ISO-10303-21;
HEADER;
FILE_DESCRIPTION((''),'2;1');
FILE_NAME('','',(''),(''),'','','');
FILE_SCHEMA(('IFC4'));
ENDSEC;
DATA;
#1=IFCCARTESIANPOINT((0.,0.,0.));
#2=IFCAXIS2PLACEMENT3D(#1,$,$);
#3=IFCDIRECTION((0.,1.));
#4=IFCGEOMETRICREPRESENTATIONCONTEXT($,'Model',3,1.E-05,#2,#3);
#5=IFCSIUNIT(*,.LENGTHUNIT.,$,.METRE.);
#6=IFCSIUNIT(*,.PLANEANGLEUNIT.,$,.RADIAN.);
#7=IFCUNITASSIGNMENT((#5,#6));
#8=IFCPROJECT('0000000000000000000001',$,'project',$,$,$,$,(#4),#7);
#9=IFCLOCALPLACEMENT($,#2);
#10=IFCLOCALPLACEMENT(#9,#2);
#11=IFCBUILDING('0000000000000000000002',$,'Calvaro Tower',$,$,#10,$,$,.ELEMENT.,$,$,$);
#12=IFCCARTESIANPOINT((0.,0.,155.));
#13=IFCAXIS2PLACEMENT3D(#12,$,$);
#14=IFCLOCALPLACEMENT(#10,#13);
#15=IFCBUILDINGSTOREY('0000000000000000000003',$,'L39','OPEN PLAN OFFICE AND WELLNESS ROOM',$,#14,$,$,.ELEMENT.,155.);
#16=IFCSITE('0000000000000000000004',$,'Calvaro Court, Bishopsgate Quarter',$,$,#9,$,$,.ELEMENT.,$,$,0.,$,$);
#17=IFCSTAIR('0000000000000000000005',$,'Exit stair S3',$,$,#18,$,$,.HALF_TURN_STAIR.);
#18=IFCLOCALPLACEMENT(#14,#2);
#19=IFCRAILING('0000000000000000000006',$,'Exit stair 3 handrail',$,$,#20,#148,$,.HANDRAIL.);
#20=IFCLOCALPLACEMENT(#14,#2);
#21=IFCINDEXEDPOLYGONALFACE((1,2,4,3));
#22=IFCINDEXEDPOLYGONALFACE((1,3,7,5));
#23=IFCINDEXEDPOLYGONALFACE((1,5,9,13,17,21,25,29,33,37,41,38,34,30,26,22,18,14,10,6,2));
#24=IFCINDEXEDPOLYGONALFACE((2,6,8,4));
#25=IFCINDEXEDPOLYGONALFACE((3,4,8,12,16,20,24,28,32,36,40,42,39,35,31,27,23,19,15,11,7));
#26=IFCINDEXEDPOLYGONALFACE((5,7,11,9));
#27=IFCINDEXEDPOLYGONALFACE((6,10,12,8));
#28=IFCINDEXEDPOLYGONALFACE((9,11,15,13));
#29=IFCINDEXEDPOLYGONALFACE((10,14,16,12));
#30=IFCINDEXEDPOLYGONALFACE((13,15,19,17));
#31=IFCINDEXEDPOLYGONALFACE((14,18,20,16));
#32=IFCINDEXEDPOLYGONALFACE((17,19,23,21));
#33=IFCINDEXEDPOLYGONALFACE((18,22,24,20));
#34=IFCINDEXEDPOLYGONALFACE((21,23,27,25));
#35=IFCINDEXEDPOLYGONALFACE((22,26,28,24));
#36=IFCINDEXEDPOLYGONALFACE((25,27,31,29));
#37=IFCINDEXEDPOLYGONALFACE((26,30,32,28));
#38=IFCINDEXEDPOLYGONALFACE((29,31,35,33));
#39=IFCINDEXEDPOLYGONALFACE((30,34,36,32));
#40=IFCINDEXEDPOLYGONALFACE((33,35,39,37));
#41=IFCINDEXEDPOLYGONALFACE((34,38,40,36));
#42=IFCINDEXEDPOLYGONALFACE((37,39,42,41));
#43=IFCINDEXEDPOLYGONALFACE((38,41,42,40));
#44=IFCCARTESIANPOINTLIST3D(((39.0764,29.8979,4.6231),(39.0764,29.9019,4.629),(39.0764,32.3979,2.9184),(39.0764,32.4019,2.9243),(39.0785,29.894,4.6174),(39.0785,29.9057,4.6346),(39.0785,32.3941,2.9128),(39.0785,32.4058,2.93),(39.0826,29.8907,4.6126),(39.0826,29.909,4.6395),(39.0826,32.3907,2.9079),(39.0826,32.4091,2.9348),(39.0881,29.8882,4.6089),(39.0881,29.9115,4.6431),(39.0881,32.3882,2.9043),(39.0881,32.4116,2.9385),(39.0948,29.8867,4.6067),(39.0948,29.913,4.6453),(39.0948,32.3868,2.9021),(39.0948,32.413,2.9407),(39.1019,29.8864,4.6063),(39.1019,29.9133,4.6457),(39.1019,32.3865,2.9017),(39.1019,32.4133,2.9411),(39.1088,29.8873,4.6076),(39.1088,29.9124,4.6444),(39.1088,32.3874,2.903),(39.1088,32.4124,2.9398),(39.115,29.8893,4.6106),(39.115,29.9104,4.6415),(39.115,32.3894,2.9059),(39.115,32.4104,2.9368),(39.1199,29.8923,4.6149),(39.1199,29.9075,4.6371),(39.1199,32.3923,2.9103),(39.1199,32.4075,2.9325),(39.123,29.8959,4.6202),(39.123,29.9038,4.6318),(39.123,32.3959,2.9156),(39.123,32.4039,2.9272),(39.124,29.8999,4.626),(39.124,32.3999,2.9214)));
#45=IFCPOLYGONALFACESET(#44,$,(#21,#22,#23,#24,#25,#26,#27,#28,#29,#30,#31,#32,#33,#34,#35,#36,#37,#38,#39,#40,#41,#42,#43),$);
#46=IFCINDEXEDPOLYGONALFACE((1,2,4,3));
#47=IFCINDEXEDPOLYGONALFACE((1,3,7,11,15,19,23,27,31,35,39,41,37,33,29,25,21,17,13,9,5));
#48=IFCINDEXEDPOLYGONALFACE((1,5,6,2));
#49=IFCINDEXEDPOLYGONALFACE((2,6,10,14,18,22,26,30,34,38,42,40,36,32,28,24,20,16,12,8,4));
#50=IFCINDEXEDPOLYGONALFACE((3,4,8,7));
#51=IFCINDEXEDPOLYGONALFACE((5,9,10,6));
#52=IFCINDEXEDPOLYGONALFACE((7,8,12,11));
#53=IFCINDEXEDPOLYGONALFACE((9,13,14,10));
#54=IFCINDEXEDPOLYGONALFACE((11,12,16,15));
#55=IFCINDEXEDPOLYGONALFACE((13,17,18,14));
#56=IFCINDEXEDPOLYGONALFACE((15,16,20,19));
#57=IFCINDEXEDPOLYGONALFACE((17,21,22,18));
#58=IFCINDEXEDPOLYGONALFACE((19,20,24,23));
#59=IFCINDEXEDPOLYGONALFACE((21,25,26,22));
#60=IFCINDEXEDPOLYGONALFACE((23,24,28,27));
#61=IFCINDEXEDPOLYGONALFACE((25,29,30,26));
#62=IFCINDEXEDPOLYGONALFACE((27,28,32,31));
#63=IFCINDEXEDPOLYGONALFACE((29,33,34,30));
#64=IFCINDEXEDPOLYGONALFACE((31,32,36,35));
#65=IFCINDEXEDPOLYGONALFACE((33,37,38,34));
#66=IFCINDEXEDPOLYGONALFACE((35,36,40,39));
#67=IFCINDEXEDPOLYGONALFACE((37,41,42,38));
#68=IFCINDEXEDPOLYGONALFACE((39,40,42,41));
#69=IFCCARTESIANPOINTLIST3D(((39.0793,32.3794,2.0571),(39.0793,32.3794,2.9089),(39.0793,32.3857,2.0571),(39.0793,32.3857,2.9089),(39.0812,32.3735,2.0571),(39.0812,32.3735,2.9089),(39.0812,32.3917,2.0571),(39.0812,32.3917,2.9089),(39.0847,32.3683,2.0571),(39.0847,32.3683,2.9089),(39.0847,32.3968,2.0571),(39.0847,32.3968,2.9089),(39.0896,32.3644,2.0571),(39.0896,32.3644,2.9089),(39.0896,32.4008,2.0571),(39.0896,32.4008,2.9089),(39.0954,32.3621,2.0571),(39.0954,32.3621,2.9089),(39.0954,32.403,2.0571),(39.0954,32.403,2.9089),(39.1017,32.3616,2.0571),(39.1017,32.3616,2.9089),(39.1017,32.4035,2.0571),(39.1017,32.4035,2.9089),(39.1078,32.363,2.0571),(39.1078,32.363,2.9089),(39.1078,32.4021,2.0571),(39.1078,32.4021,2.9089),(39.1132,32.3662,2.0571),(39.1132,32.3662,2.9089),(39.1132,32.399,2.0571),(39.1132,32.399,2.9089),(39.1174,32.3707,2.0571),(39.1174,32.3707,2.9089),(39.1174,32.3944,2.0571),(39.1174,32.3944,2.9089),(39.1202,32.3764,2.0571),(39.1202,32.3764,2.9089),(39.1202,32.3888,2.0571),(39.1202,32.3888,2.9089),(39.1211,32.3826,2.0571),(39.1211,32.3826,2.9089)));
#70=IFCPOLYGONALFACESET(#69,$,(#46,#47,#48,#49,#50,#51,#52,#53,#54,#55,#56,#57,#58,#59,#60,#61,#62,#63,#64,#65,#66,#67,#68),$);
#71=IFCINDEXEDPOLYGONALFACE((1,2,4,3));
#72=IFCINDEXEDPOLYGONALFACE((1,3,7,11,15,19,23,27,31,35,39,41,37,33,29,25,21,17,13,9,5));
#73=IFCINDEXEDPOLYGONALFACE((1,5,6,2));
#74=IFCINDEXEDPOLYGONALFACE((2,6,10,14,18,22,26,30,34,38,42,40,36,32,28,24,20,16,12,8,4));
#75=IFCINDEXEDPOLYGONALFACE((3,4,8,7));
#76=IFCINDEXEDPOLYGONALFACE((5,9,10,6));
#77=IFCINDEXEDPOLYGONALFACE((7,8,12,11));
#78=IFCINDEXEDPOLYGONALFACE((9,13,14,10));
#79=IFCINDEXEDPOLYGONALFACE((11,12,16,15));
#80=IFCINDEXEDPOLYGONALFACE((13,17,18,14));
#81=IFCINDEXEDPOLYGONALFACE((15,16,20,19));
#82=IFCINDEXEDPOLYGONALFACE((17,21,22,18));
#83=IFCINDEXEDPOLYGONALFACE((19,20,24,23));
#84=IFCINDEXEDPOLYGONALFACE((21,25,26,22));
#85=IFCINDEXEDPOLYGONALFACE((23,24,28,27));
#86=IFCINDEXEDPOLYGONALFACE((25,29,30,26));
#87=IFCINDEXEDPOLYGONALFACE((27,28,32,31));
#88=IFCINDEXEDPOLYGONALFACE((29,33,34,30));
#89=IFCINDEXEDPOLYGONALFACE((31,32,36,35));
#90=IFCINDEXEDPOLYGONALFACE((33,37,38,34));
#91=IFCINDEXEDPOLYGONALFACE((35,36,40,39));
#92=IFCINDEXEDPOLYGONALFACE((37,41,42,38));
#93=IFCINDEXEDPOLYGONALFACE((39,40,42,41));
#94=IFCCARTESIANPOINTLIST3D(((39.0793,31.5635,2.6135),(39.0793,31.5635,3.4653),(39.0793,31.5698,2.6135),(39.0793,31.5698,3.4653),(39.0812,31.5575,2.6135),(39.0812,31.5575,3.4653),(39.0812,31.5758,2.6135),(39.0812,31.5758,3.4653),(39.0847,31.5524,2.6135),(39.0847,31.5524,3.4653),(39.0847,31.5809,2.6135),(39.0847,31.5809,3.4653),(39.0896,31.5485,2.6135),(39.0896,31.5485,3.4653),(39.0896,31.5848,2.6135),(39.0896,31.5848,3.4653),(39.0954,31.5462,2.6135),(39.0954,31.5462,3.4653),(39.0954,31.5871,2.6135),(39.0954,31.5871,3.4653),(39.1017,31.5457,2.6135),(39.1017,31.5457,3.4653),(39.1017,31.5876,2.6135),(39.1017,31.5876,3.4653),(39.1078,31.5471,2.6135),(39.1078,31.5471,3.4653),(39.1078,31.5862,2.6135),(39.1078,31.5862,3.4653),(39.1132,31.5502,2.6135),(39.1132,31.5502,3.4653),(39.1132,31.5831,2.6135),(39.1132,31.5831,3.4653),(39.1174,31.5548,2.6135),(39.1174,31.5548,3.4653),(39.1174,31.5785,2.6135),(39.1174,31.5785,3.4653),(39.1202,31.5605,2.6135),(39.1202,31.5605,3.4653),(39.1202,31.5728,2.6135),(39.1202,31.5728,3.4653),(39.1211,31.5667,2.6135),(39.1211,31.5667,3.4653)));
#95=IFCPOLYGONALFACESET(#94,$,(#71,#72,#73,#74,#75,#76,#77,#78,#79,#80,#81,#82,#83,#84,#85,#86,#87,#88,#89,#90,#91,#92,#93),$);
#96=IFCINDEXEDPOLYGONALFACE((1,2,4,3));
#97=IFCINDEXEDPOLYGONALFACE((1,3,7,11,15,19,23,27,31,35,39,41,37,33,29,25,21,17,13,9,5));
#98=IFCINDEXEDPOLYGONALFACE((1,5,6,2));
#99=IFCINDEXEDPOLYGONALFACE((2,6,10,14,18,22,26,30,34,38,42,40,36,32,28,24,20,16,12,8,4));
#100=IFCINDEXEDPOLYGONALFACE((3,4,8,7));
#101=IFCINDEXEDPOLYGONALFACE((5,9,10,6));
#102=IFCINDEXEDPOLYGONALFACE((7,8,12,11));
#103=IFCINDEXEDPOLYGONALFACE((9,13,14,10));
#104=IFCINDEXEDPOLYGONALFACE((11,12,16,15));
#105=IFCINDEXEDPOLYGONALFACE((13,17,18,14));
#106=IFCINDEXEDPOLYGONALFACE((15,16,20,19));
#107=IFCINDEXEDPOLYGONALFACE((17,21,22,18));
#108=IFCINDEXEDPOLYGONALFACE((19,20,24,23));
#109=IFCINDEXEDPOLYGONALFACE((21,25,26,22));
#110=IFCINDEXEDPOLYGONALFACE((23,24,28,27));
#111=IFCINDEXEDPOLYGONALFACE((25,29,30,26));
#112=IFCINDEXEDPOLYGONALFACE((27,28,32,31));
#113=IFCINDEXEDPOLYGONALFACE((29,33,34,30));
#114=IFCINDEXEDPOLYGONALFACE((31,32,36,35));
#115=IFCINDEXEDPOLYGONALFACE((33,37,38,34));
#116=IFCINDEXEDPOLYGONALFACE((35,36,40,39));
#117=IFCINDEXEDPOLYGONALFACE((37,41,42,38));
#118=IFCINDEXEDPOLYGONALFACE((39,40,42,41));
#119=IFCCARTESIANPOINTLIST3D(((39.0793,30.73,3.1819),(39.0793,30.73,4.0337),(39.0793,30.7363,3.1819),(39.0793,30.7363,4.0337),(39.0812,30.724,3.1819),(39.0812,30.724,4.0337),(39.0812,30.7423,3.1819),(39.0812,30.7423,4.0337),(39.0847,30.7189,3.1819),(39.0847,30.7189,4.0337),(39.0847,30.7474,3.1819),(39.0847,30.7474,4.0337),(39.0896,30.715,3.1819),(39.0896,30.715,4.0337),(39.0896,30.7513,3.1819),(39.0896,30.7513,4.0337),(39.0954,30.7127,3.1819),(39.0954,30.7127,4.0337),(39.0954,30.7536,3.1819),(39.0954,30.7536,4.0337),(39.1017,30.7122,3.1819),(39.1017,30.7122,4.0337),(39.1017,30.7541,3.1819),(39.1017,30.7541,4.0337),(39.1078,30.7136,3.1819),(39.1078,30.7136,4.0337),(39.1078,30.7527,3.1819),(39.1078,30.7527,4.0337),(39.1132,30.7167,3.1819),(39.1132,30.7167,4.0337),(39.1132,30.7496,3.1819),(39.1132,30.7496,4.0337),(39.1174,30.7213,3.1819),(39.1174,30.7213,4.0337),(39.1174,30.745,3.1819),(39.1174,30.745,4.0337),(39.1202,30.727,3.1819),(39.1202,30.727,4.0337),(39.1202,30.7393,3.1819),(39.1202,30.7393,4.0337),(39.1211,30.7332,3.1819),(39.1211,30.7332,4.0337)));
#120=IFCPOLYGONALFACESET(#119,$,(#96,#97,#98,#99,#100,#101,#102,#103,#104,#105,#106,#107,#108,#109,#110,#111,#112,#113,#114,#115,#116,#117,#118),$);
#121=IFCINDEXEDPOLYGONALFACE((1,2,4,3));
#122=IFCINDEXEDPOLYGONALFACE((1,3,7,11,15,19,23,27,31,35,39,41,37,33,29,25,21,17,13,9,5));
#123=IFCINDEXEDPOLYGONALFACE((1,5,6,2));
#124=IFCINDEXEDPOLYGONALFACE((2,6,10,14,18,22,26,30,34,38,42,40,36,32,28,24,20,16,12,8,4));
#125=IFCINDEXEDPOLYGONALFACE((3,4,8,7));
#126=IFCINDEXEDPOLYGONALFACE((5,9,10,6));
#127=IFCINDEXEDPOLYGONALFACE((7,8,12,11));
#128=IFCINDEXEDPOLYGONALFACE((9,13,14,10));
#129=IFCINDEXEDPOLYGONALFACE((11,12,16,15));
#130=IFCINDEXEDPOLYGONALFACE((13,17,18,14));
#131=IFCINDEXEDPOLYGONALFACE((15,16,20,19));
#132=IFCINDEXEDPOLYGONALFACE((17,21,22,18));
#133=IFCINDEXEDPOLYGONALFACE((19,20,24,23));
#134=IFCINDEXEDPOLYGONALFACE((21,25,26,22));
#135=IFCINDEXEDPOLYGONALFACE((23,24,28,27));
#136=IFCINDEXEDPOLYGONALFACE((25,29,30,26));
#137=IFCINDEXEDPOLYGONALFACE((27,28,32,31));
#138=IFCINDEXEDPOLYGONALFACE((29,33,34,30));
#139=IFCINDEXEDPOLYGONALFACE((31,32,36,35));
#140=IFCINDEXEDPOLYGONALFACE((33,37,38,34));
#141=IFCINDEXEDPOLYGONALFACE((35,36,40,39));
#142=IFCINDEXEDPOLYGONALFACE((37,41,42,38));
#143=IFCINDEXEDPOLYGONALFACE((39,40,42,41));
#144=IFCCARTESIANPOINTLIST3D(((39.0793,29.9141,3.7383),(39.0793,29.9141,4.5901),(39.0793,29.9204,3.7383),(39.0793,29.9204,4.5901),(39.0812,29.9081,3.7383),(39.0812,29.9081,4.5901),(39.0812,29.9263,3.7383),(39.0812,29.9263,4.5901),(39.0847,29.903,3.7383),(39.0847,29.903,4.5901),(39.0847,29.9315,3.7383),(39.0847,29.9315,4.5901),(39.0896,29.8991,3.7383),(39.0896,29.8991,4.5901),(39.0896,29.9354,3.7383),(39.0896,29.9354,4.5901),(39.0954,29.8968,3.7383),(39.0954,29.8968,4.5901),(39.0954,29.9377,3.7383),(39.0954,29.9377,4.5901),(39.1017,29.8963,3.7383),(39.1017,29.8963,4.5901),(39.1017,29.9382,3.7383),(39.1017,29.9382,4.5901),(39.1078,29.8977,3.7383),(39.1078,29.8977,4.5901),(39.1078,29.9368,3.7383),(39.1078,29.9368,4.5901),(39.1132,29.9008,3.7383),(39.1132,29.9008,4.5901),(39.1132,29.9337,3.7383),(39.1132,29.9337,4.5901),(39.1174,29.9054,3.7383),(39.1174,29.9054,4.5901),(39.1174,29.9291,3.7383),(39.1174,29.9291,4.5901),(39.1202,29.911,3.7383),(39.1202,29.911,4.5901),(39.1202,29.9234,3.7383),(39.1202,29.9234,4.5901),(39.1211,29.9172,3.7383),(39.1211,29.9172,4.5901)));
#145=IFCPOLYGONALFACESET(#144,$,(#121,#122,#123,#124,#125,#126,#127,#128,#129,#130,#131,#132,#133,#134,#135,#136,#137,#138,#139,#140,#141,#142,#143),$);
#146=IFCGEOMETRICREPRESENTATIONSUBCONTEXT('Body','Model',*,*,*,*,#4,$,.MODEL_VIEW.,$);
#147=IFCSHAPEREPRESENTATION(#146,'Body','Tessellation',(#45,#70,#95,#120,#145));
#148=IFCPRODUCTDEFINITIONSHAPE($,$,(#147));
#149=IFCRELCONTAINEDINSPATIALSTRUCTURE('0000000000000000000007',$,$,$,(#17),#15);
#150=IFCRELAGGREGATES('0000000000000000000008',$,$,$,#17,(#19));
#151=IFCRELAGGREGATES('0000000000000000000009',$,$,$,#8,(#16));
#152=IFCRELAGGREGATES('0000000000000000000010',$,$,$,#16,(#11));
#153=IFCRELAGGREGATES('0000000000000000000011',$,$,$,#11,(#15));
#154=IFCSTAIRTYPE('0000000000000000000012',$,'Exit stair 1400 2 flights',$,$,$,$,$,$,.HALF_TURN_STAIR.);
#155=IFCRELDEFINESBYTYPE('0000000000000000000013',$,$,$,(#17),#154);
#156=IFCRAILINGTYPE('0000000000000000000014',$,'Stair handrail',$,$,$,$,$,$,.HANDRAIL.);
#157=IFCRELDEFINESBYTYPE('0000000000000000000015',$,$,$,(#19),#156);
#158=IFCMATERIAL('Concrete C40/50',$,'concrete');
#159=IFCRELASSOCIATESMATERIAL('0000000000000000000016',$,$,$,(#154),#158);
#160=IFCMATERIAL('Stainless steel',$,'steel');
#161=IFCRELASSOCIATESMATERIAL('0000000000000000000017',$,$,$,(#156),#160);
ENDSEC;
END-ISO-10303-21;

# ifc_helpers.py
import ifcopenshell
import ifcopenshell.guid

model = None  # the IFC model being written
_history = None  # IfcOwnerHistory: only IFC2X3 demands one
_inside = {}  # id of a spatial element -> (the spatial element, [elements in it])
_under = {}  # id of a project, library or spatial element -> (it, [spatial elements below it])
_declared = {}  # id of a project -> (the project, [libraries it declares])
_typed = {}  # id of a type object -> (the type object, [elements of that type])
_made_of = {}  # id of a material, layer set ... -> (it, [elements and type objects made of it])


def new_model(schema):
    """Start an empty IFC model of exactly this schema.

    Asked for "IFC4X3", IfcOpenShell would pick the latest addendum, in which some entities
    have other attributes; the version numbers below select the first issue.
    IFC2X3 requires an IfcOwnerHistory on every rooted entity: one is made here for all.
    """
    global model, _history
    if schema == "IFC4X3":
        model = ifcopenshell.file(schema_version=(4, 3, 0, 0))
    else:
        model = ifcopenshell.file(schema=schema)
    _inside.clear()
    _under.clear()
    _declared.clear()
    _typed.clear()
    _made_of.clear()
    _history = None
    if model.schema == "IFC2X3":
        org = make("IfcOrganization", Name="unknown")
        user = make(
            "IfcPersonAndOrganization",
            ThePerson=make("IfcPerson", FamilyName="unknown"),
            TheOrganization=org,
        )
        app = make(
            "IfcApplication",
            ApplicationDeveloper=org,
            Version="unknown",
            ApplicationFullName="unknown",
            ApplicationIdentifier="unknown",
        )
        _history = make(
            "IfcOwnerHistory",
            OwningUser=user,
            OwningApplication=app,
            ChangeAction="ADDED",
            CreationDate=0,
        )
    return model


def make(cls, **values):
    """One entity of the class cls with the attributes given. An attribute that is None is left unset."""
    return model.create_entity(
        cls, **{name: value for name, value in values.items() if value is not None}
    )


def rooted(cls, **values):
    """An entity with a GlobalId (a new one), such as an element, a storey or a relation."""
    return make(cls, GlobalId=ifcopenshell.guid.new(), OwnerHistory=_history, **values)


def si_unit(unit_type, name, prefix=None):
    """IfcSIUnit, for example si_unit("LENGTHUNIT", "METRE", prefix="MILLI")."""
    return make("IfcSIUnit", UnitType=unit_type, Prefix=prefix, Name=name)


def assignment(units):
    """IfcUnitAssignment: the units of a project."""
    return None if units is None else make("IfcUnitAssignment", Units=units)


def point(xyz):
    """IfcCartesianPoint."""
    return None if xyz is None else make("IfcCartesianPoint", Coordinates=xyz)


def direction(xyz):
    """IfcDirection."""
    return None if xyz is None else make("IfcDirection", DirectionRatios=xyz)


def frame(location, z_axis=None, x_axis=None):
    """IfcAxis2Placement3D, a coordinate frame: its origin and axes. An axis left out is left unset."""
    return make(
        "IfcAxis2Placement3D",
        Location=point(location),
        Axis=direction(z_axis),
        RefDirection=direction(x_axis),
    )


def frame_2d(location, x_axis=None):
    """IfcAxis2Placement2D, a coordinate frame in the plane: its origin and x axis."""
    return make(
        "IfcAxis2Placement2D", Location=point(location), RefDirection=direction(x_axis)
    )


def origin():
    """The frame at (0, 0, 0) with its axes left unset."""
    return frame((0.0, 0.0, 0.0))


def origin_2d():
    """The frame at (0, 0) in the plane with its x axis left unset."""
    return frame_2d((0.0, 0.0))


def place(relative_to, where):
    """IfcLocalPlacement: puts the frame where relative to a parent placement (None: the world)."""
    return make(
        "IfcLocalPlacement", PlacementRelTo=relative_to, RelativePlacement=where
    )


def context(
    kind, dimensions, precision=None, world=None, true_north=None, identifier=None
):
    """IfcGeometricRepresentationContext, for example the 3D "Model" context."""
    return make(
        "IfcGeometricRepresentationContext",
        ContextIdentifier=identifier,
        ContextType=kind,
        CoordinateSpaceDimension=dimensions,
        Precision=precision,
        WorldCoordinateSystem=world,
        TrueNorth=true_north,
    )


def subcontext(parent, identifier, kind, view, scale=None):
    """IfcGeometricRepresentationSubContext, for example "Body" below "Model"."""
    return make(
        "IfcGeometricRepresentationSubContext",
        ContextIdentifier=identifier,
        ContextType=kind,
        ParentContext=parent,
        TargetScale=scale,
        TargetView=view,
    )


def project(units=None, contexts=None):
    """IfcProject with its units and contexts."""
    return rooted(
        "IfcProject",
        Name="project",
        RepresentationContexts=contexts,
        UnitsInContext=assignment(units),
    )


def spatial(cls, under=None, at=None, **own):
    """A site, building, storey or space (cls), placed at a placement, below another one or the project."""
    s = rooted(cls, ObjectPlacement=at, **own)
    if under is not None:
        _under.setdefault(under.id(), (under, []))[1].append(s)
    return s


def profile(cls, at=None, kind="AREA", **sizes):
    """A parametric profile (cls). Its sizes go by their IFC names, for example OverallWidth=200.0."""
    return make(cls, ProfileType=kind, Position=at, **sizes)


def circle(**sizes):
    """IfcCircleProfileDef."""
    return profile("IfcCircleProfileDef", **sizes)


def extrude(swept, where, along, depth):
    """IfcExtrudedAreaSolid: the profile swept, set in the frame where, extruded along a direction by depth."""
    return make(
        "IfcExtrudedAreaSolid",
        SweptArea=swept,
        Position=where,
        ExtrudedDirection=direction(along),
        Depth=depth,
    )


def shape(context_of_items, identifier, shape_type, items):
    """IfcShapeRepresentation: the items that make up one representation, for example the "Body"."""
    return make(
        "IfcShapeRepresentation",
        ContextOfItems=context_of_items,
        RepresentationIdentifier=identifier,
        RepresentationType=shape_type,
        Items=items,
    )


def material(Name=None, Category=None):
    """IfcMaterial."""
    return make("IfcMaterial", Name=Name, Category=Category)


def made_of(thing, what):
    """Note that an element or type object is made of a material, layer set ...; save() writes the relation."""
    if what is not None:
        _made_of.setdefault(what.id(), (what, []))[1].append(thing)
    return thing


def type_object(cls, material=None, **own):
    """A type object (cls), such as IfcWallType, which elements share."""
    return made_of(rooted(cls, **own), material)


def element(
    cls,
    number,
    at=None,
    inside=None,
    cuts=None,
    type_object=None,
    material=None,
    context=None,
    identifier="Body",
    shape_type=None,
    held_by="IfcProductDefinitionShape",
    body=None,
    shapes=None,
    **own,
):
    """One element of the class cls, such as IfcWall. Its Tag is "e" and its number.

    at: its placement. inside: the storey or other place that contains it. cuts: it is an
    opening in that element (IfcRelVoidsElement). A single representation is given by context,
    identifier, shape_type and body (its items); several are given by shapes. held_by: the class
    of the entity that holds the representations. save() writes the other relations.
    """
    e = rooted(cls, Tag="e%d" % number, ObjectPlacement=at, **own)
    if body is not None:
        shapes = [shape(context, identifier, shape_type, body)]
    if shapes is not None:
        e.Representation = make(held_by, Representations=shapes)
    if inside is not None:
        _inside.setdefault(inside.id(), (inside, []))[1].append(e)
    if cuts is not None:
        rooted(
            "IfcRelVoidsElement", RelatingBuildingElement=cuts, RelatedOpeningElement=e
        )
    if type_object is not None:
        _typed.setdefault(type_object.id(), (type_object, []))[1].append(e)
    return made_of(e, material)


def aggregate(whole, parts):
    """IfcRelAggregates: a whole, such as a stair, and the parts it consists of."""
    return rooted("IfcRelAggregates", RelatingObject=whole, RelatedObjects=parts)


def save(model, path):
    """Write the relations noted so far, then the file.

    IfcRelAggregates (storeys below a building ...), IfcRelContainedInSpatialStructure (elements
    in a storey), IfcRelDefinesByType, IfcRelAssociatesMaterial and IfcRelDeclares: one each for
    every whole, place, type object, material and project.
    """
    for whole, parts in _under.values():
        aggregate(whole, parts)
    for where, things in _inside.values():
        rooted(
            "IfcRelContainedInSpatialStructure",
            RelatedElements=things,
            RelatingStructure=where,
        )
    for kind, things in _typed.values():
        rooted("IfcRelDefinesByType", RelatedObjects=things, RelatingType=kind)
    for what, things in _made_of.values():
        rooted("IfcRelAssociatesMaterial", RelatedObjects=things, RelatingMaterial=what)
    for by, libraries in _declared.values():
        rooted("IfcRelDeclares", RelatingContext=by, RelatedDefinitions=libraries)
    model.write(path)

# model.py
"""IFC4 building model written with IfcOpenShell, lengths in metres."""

from ifc_helpers import new_model, si_unit, direction, frame, origin, origin_2d, place, context, subcontext, project, spatial, circle, extrude, material, type_object, element, aggregate, save


model = new_model("IFC4")

# Units and contexts
model_context = context("Model", 3, precision=1e-05, world=origin(), true_north=direction((0.0, 1.0)))
body_context = subcontext(model_context, "Body", "Model", "MODEL_VIEW")
ifc_project = project(units=[si_unit("LENGTHUNIT", "METRE"), si_unit("PLANEANGLEUNIT", "RADIAN")], contexts=[model_context])

# Site, building, storey
site_placement = place(None, origin())
site = spatial("IfcSite", under=ifc_project, at=site_placement, Name="Calvaro Court, Bishopsgate Quarter", CompositionType="ELEMENT", RefElevation=0.0)
building_placement = place(site_placement, origin())
building = spatial("IfcBuilding", under=site, at=building_placement, Name="Calvaro Tower", CompositionType="ELEMENT")
storey_placement = place(building_placement, frame((0.0, 0.0, 155.0)))
storey = spatial("IfcBuildingStorey", under=building, at=storey_placement, Name="L39", Description="OPEN PLAN OFFICE AND WELLNESS ROOM", CompositionType="ELEMENT", Elevation=155.0)

# Stair
ifc_material_1 = material(Name="Concrete C40/50", Category="concrete")
stair_type = type_object("IfcStairType", Name="Exit stair 1400 2 flights", PredefinedType="HALF_TURN_STAIR", material=ifc_material_1)
stair_1_placement = place(storey_placement, origin())
stair_1 = element("IfcStair", 1, at=stair_1_placement, inside=storey, type_object=stair_type, Name="Exit stair S3", PredefinedType="HALF_TURN_STAIR")

# Railing
ifc_material_2 = material(Name="Stainless steel", Category="steel")
railing_type = type_object("IfcRailingType", Name="Stair handrail", PredefinedType="HANDRAIL", material=ifc_material_2)
railing_1_placement = place(storey_placement, frame((39.1001, 32.3999, 2.0454)))
railing_1 = element("IfcRailing", 2, at=railing_1_placement, type_object=railing_type, Name="Exit stair 3 handrail", PredefinedType="HANDRAIL", context=body_context, shape_type="SweptSolid", body=[
    extrude(circle(Radius=0.0239, at=origin_2d()), frame((0.0, 0.0, 0.876), z_axis=(0.0, -0.826221, 0.563347), x_axis=(1.0, 0.0, 0.0)), (0.0, 0.0, 1.0), 3.0259),
    extrude(circle(Radius=0.021, at=origin_2d()), frame((0.0, -0.0173, 0.0117)), (0.0, 0.0, 1.0), 0.8518),
    extrude(circle(Radius=0.021, at=origin_2d()), frame((0.0, -0.8333, 0.5681)), (0.0, 0.0, 1.0), 0.8518),
    extrude(circle(Radius=0.021, at=origin_2d()), frame((0.0, -1.6667, 1.1365)), (0.0, 0.0, 1.0), 0.8518),
    extrude(circle(Radius=0.021, at=origin_2d()), frame((0.0, -2.4827, 1.6929)), (0.0, 0.0, 1.0), 0.8518),
])
aggregate(stair_1, [railing_1])

save(model, "model.ifc")
